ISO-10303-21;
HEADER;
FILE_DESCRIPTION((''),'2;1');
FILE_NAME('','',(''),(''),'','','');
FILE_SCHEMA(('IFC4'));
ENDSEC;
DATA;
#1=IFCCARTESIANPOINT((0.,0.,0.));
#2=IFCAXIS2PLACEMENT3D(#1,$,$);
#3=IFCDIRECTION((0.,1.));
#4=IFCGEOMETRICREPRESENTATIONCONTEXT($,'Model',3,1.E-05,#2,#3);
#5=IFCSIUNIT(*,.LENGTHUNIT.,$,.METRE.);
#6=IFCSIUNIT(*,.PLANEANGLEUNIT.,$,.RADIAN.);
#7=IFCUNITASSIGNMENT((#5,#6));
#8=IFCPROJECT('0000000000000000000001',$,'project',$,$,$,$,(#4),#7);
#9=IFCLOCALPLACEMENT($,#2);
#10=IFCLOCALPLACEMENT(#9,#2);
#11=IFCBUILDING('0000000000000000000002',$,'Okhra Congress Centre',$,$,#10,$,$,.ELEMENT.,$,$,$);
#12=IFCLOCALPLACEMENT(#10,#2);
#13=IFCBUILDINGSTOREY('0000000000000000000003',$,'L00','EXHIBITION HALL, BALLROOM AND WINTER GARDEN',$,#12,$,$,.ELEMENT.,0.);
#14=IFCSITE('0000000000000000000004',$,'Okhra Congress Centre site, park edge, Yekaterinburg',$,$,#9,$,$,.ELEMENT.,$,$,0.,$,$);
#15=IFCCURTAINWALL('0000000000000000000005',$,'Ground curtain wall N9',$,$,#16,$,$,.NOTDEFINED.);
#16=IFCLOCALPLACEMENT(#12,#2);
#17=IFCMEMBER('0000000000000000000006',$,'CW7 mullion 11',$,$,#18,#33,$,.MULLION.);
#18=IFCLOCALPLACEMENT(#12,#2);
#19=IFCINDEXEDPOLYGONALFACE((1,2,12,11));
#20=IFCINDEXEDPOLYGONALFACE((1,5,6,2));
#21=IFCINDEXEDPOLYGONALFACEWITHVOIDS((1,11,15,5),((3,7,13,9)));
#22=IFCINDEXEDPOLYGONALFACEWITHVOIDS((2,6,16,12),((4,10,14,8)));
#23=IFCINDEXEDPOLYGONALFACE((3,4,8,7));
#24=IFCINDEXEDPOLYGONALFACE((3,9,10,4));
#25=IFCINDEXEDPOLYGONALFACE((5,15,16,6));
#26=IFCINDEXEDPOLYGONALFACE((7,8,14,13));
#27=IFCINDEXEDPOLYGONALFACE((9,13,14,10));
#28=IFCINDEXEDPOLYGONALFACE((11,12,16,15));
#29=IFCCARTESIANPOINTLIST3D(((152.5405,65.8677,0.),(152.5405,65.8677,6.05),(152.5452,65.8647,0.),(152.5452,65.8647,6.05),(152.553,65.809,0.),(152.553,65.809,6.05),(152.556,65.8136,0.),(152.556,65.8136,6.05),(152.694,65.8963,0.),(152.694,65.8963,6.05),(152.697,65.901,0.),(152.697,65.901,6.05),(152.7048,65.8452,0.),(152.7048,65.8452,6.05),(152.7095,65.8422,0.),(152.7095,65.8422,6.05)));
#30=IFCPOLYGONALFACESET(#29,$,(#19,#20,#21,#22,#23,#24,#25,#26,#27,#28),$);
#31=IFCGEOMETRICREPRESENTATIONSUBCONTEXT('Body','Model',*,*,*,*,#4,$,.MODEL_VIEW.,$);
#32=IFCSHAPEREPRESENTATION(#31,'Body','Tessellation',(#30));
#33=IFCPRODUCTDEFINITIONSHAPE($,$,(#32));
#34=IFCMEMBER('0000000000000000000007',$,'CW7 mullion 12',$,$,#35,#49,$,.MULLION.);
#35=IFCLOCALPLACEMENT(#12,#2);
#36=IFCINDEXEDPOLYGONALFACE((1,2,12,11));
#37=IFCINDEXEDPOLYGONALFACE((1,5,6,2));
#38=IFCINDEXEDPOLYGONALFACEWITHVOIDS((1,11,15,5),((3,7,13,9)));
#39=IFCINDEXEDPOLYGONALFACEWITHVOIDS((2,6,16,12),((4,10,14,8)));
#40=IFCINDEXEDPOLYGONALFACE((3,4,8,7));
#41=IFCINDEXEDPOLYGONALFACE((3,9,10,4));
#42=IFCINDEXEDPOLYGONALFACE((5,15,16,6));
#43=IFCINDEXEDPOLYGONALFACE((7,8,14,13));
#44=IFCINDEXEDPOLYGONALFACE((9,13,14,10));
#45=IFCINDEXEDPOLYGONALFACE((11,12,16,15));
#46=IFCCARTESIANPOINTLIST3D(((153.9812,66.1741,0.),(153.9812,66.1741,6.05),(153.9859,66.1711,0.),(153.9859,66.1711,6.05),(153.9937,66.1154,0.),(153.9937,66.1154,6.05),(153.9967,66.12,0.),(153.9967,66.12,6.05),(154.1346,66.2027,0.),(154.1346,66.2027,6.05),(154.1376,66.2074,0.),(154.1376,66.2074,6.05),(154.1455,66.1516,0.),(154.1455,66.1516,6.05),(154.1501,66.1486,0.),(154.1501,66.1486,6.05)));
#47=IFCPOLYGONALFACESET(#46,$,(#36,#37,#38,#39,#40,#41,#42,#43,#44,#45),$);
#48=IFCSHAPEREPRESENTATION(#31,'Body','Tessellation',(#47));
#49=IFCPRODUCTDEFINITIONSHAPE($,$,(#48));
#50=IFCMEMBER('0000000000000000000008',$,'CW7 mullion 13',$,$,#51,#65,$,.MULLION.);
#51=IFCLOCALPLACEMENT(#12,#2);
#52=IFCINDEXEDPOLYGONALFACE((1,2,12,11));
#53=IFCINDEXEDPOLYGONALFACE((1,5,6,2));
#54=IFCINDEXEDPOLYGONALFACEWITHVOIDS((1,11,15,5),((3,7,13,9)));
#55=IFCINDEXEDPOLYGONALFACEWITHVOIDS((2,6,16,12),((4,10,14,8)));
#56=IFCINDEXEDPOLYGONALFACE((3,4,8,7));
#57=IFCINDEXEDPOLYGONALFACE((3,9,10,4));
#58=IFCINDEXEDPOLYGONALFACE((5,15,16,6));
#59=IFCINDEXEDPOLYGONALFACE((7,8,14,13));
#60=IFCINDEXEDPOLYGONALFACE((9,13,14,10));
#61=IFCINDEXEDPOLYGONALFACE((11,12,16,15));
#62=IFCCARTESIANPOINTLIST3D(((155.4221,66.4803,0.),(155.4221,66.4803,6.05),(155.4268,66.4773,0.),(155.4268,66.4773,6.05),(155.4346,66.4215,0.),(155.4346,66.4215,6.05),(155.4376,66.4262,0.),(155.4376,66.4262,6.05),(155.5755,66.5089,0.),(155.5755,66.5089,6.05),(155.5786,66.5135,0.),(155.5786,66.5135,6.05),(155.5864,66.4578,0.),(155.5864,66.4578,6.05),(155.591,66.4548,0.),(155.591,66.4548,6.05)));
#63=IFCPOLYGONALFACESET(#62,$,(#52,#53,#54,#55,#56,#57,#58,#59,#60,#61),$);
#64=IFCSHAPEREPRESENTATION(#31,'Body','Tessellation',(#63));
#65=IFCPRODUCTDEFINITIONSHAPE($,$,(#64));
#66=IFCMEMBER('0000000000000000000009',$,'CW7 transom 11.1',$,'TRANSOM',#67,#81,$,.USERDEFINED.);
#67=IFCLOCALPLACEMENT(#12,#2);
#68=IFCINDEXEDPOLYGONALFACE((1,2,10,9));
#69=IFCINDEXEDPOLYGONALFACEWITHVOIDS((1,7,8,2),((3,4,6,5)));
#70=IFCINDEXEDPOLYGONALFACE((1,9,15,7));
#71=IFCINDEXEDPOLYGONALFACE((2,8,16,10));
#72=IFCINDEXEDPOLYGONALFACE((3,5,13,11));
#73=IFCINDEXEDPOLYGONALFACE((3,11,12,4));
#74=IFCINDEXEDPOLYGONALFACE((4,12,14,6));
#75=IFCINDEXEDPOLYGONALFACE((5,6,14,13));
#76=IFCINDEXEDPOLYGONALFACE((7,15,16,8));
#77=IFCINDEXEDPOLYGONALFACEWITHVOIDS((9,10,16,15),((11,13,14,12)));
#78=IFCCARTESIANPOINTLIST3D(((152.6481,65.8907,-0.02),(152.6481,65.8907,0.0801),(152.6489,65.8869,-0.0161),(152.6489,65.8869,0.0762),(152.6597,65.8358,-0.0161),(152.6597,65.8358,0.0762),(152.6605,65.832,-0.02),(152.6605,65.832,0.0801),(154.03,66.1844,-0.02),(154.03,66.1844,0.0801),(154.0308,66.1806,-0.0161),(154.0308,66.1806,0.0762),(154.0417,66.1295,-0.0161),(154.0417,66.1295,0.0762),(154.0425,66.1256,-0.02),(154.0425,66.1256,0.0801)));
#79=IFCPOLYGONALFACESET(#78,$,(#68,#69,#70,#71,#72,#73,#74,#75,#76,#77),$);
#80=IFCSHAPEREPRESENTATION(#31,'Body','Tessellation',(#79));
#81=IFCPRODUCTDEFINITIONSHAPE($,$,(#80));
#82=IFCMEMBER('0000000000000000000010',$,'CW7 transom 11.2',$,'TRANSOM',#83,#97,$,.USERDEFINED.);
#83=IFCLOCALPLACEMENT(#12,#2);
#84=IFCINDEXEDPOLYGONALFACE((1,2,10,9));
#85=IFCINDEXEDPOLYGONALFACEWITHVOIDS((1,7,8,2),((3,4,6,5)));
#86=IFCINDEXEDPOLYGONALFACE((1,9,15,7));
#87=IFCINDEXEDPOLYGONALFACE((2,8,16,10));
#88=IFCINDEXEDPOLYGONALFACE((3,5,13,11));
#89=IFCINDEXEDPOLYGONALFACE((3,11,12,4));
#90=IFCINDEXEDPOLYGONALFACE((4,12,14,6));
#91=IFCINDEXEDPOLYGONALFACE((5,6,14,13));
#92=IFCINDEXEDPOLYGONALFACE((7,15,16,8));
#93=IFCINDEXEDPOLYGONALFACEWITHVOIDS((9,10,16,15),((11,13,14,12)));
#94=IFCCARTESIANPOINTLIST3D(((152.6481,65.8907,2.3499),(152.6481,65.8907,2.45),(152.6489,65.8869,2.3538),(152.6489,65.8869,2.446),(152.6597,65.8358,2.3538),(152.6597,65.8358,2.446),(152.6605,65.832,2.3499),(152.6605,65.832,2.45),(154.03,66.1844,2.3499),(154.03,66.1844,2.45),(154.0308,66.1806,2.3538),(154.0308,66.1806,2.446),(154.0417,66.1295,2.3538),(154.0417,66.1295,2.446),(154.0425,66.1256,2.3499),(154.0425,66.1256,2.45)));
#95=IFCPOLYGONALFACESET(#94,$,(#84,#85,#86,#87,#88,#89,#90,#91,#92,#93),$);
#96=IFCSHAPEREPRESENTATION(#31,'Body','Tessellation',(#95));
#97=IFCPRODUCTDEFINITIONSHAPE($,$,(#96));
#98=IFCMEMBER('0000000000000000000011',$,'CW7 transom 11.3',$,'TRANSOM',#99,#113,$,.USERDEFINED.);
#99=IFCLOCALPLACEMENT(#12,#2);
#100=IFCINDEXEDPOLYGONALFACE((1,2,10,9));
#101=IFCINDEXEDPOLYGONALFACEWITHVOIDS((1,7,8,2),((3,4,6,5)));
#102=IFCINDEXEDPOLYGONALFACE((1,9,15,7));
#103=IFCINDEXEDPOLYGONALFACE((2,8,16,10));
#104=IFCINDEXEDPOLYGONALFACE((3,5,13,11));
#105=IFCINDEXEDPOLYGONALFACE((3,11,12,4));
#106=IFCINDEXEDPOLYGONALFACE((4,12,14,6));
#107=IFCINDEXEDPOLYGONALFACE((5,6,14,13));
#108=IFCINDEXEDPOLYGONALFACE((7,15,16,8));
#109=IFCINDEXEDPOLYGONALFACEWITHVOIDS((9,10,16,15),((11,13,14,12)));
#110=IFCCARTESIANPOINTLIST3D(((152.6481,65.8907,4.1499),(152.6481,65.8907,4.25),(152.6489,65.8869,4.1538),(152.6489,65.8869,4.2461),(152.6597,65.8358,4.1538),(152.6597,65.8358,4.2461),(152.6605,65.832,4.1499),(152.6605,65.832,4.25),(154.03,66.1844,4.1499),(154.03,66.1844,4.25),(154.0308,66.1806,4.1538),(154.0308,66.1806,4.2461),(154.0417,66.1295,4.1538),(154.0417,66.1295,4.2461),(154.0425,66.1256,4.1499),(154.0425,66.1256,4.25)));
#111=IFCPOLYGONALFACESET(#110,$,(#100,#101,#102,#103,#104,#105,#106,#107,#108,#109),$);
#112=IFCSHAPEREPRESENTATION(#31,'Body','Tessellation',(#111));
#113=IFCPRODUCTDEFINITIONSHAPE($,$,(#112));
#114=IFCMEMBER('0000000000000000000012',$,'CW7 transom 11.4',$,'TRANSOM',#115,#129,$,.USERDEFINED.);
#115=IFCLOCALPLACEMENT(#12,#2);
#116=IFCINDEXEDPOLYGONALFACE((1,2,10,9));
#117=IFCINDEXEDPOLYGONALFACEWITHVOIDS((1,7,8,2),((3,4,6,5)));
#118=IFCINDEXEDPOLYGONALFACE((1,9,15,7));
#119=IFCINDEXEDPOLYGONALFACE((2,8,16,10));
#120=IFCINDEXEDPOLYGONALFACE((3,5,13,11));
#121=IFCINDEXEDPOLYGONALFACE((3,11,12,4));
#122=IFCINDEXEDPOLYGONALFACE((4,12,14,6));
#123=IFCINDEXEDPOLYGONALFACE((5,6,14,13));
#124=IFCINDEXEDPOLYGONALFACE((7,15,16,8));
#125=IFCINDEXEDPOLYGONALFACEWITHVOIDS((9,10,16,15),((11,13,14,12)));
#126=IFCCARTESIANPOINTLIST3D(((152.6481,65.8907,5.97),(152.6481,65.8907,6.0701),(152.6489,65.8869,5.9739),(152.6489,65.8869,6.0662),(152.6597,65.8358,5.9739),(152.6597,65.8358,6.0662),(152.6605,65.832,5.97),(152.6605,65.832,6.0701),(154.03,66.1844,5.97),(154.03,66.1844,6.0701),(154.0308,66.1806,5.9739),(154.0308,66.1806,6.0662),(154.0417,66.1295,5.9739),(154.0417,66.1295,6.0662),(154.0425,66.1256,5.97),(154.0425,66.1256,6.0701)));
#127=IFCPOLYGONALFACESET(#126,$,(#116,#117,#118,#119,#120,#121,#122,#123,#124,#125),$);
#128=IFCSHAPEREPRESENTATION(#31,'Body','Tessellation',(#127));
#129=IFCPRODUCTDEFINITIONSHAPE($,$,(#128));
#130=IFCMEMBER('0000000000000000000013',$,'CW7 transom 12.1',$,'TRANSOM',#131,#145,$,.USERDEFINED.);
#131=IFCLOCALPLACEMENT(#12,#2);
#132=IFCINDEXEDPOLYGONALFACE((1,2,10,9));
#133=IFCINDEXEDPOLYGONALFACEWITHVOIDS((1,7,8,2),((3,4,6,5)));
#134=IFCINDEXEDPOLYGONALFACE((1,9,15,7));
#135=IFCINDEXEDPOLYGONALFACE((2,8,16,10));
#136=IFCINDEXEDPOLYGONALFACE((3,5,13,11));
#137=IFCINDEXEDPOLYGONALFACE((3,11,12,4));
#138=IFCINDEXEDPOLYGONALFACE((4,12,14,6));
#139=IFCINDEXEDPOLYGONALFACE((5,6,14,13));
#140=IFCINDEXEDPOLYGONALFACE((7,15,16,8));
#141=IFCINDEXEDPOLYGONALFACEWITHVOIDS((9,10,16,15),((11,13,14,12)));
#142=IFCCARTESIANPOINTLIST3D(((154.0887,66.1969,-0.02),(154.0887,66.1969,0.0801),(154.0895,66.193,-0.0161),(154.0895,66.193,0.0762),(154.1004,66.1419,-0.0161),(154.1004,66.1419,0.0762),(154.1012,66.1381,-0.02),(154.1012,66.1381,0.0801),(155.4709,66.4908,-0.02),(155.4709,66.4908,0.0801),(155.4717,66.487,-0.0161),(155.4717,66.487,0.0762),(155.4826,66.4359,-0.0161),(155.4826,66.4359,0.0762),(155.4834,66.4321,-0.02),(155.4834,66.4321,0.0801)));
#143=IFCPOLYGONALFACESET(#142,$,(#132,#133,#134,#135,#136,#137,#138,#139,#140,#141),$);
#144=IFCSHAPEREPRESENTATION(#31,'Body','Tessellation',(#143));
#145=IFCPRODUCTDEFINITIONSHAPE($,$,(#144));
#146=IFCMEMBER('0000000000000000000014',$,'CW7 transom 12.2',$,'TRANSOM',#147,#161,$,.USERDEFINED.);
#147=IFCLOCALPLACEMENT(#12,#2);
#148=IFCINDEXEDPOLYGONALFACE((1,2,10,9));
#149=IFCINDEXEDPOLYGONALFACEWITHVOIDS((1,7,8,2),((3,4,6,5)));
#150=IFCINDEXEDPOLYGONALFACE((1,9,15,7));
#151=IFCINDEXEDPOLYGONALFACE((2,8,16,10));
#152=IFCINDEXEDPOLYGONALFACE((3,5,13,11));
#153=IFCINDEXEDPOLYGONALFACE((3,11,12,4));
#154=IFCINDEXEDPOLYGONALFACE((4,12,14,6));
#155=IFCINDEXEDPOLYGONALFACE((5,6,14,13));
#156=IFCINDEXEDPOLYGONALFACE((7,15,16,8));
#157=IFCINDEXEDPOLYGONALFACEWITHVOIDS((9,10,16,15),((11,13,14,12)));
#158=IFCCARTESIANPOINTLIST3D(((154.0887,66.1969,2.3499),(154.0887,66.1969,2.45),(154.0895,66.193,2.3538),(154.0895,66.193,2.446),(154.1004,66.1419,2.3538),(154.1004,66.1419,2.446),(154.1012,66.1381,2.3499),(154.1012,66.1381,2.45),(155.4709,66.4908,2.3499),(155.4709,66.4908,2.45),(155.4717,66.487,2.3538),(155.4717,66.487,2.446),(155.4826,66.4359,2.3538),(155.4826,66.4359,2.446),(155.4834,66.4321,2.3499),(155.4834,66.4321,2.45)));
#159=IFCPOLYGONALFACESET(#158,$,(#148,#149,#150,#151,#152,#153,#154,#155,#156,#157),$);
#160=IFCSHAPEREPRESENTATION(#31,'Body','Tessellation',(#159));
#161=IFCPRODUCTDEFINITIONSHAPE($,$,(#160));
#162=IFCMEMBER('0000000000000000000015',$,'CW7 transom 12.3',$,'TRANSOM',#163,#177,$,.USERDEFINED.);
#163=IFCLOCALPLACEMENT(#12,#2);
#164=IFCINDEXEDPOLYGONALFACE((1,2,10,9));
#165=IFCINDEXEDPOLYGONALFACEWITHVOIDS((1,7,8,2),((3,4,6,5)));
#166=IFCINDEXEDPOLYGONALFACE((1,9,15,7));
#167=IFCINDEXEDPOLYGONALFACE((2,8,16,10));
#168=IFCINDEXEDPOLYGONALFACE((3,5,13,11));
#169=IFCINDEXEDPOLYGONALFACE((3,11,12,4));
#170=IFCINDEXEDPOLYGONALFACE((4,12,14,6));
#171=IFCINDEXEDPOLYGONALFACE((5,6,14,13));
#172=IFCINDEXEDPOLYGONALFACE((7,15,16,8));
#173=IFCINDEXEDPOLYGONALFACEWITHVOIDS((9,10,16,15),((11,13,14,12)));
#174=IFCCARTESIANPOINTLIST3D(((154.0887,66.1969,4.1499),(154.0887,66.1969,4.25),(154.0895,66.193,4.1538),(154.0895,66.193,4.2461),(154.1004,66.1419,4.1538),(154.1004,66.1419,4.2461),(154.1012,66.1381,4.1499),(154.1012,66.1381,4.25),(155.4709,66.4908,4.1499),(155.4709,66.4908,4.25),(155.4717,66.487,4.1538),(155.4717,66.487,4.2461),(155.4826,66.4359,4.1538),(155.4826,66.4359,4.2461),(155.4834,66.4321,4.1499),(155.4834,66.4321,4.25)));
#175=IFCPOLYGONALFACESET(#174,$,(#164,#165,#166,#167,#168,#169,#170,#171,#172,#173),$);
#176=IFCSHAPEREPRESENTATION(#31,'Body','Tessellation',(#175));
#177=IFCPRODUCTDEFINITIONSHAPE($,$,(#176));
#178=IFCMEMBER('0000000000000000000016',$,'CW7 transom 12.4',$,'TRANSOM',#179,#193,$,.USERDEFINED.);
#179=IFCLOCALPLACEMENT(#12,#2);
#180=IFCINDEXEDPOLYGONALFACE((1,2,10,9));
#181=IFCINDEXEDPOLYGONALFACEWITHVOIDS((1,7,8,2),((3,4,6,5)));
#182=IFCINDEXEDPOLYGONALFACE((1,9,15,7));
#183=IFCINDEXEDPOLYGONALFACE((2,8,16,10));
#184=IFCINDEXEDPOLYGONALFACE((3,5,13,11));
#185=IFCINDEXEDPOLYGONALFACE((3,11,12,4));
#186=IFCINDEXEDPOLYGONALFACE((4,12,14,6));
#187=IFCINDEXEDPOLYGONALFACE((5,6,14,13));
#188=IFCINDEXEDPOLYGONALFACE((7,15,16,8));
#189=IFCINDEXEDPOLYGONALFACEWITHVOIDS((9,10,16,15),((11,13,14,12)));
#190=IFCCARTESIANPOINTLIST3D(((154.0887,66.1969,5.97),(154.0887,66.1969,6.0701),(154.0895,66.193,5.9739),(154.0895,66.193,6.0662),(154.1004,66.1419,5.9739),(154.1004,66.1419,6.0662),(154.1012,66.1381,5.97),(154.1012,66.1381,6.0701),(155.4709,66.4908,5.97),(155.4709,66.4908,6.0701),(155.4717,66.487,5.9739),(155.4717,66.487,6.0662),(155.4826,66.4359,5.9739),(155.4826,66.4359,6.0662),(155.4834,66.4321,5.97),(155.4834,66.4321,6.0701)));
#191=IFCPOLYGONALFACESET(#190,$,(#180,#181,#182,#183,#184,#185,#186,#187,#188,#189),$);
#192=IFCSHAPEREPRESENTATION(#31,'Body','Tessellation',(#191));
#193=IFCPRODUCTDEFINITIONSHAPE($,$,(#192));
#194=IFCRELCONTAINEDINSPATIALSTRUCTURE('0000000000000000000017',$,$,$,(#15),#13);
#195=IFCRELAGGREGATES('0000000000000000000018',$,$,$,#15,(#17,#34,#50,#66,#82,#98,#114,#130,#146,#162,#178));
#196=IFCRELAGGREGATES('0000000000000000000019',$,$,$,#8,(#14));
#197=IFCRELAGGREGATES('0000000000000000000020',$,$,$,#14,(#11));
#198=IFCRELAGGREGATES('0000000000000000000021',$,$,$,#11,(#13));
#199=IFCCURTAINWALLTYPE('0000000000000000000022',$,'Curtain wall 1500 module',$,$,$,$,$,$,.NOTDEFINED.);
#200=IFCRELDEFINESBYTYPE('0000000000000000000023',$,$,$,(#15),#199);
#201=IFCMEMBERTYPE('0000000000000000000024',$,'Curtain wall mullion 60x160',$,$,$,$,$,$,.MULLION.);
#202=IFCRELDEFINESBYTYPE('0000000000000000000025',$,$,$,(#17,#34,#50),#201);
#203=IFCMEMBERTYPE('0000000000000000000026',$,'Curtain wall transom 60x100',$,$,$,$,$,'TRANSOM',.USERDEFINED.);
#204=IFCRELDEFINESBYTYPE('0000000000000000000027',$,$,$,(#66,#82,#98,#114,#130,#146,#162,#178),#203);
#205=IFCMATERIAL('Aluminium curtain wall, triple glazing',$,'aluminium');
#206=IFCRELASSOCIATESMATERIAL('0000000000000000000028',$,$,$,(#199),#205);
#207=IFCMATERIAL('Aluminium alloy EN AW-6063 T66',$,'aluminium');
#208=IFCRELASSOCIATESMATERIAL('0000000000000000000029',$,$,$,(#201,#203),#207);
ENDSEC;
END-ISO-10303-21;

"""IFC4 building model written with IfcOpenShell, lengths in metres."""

from ifc_helpers import new_model, si_unit, direction, frame, origin, origin_2d, place, context, subcontext, project, spatial, hollow_rectangle, extrude, material, material_profile, profile_set, type_object, element, aggregate, save


model = new_model("IFC4")

# Units and contexts
model_context = context("Model", 3, precision=1e-05, world=origin(), true_north=direction((0.0, 1.0)))
body_context = subcontext(model_context, "Body", "Model", "MODEL_VIEW")
ifc_project = project(units=[si_unit("LENGTHUNIT", "METRE"), si_unit("PLANEANGLEUNIT", "RADIAN")], contexts=[model_context])

# Site, building, storey
site_placement = place(None, origin())
site = spatial("IfcSite", under=ifc_project, at=site_placement, Name="Okhra Congress Centre site, park edge, Yekaterinburg", CompositionType="ELEMENT", RefElevation=0.0)
building_placement = place(site_placement, origin())
building = spatial("IfcBuilding", under=site, at=building_placement, Name="Okhra Congress Centre", CompositionType="ELEMENT")
storey_placement = place(building_placement, origin())
storey = spatial("IfcBuildingStorey", under=building, at=storey_placement, Name="L00", Description="EXHIBITION HALL, BALLROOM AND WINTER GARDEN", CompositionType="ELEMENT", Elevation=0.0)

# Curtain wall, members
ifc_material_1 = material(Name="Aluminium curtain wall, triple glazing", Category="aluminium")
curtain_wall_type = type_object("IfcCurtainWallType", Name="Curtain wall 1500 module", PredefinedType="NOTDEFINED", material=ifc_material_1)
curtain_wall_placement = place(storey_placement, origin())
curtain_wall = element("IfcCurtainWall", 1, at=curtain_wall_placement, inside=storey, type_object=curtain_wall_type, Name="Ground curtain wall N9", PredefinedType="NOTDEFINED")
ifc_material_2 = material(Name="Aluminium alloy EN AW-6063 T66", Category="aluminium")
ifc_material_profile_1 = material_profile(ifc_material_2, hollow_rectangle(XDim=0.0601, YDim=0.1599, WallThickness=0.0039, at=origin_2d()), Name="RHS 60x160x4")
ifc_profile_set_1 = profile_set([ifc_material_profile_1], Name="Aluminium alloy EN AW-6063 T66")
member_type_1 = type_object("IfcMemberType", Name="Curtain wall mullion 60x160", PredefinedType="MULLION", material=ifc_profile_set_1)
member_1_placement = place(storey_placement, frame((152.625, 65.855, 0.0), z_axis=(0.0, 0.0, 1.0), x_axis=(-0.207912, 0.978148, 0.0)))
member_1 = element("IfcMember", 2, at=member_1_placement, type_object=member_type_1, Name="CW7 mullion 11", PredefinedType="MULLION", context=body_context, shape_type="SweptSolid", body=[
    extrude(hollow_rectangle(XDim=0.0601, YDim=0.1599, WallThickness=0.0039, at=origin_2d()), origin(), (0.0, 0.0, 1.0), 6.05),
])
member_2_placement = place(storey_placement, frame((154.0657, 66.1614, 0.0), z_axis=(0.0, 0.0, 1.0), x_axis=(-0.207912, 0.978148, 0.0)))
member_2 = element("IfcMember", 3, at=member_2_placement, type_object=member_type_1, Name="CW7 mullion 12", PredefinedType="MULLION", context=body_context, shape_type="SweptSolid", body=[
    extrude(hollow_rectangle(XDim=0.0601, YDim=0.1599, WallThickness=0.0039, at=origin_2d()), origin(), (0.0, 0.0, 1.0), 6.05),
])
member_3_placement = place(storey_placement, frame((155.5066, 66.4675, 0.0), z_axis=(0.0, 0.0, 1.0), x_axis=(-0.207912, 0.978148, 0.0)))
member_3 = element("IfcMember", 4, at=member_3_placement, type_object=member_type_1, Name="CW7 mullion 13", PredefinedType="MULLION", context=body_context, shape_type="SweptSolid", body=[
    extrude(hollow_rectangle(XDim=0.0601, YDim=0.1599, WallThickness=0.0039, at=origin_2d()), origin(), (0.0, 0.0, 1.0), 6.05),
])
ifc_material_profile_2 = material_profile(ifc_material_2, hollow_rectangle(XDim=0.0601, YDim=0.1001, WallThickness=0.0039, at=origin_2d()), Name="RHS 60x100x4")
ifc_profile_set_2 = profile_set([ifc_material_profile_2], Name="Aluminium alloy EN AW-6063 T66")
member_type_2 = type_object("IfcMemberType", Name="Curtain wall transom 60x100", ElementType="TRANSOM", PredefinedType="USERDEFINED", material=ifc_profile_set_2)
member_4_placement = place(storey_placement, frame((152.6543, 65.8613, 0.03), z_axis=(0.978158, 0.207865, 0.0), x_axis=(-0.207865, 0.978158, 0.0)))
member_4 = element("IfcMember", 5, at=member_4_placement, type_object=member_type_2, Name="CW7 transom 11.1", ObjectType="TRANSOM", PredefinedType="USERDEFINED", context=body_context, shape_type="SweptSolid", body=[
    extrude(hollow_rectangle(XDim=0.0601, YDim=0.1001, WallThickness=0.0039, at=origin_2d()), origin(), (0.0, 0.0, 1.0), 1.4128),
])
member_5_placement = place(storey_placement, frame((152.6543, 65.8613, 2.3999), z_axis=(0.978158, 0.207865, 0.0), x_axis=(-0.207865, 0.978158, 0.0)))
member_5 = element("IfcMember", 6, at=member_5_placement, type_object=member_type_2, Name="CW7 transom 11.2", ObjectType="TRANSOM", PredefinedType="USERDEFINED", context=body_context, shape_type="SweptSolid", body=[
    extrude(hollow_rectangle(XDim=0.0601, YDim=0.1001, WallThickness=0.0039, at=origin_2d()), origin(), (0.0, 0.0, 1.0), 1.4128),
])
member_6_placement = place(storey_placement, frame((152.6543, 65.8613, 4.2), z_axis=(0.978158, 0.207865, 0.0), x_axis=(-0.207865, 0.978158, 0.0)))
member_6 = element("IfcMember", 7, at=member_6_placement, type_object=member_type_2, Name="CW7 transom 11.3", ObjectType="TRANSOM", PredefinedType="USERDEFINED", context=body_context, shape_type="SweptSolid", body=[
    extrude(hollow_rectangle(XDim=0.0601, YDim=0.1001, WallThickness=0.0039, at=origin_2d()), origin(), (0.0, 0.0, 1.0), 1.4128),
])
member_7_placement = place(storey_placement, frame((152.6543, 65.8613, 6.02), z_axis=(0.978158, 0.207865, 0.0), x_axis=(-0.207865, 0.978158, 0.0)))
member_7 = element("IfcMember", 8, at=member_7_placement, type_object=member_type_2, Name="CW7 transom 11.4", ObjectType="TRANSOM", PredefinedType="USERDEFINED", context=body_context, shape_type="SweptSolid", body=[
    extrude(hollow_rectangle(XDim=0.0601, YDim=0.1001, WallThickness=0.0039, at=origin_2d()), origin(), (0.0, 0.0, 1.0), 1.4128),
])
member_8_placement = place(storey_placement, frame((154.095, 66.1675, 0.03), z_axis=(0.978122, 0.20803, 0.0), x_axis=(-0.20803, 0.978122, 0.0)))
member_8 = element("IfcMember", 9, at=member_8_placement, type_object=member_type_2, Name="CW7 transom 12.1", ObjectType="TRANSOM", PredefinedType="USERDEFINED", context=body_context, shape_type="SweptSolid", body=[
    extrude(hollow_rectangle(XDim=0.0601, YDim=0.1001, WallThickness=0.0039, at=origin_2d()), origin(), (0.0, 0.0, 1.0), 1.4131),
])
member_9_placement = place(storey_placement, frame((154.095, 66.1675, 2.3999), z_axis=(0.978122, 0.20803, 0.0), x_axis=(-0.20803, 0.978122, 0.0)))
member_9 = element("IfcMember", 10, at=member_9_placement, type_object=member_type_2, Name="CW7 transom 12.2", ObjectType="TRANSOM", PredefinedType="USERDEFINED", context=body_context, shape_type="SweptSolid", body=[
    extrude(hollow_rectangle(XDim=0.0601, YDim=0.1001, WallThickness=0.0039, at=origin_2d()), origin(), (0.0, 0.0, 1.0), 1.4131),
])
member_10_placement = place(storey_placement, frame((154.095, 66.1675, 4.2), z_axis=(0.978122, 0.20803, 0.0), x_axis=(-0.20803, 0.978122, 0.0)))
member_10 = element("IfcMember", 11, at=member_10_placement, type_object=member_type_2, Name="CW7 transom 12.3", ObjectType="TRANSOM", PredefinedType="USERDEFINED", context=body_context, shape_type="SweptSolid", body=[
    extrude(hollow_rectangle(XDim=0.0601, YDim=0.1001, WallThickness=0.0039, at=origin_2d()), origin(), (0.0, 0.0, 1.0), 1.4131),
])
member_11_placement = place(storey_placement, frame((154.095, 66.1675, 6.02), z_axis=(0.978122, 0.20803, 0.0), x_axis=(-0.20803, 0.978122, 0.0)))
member_11 = element("IfcMember", 12, at=member_11_placement, type_object=member_type_2, Name="CW7 transom 12.4", ObjectType="TRANSOM", PredefinedType="USERDEFINED", context=body_context, shape_type="SweptSolid", body=[
    extrude(hollow_rectangle(XDim=0.0601, YDim=0.1001, WallThickness=0.0039, at=origin_2d()), origin(), (0.0, 0.0, 1.0), 1.4131),
])
aggregate(curtain_wall, [member_1, member_2, member_3, member_4, member_5, member_6, member_7, member_8, member_9, member_10, member_11])

save(model, "model.ifc")
